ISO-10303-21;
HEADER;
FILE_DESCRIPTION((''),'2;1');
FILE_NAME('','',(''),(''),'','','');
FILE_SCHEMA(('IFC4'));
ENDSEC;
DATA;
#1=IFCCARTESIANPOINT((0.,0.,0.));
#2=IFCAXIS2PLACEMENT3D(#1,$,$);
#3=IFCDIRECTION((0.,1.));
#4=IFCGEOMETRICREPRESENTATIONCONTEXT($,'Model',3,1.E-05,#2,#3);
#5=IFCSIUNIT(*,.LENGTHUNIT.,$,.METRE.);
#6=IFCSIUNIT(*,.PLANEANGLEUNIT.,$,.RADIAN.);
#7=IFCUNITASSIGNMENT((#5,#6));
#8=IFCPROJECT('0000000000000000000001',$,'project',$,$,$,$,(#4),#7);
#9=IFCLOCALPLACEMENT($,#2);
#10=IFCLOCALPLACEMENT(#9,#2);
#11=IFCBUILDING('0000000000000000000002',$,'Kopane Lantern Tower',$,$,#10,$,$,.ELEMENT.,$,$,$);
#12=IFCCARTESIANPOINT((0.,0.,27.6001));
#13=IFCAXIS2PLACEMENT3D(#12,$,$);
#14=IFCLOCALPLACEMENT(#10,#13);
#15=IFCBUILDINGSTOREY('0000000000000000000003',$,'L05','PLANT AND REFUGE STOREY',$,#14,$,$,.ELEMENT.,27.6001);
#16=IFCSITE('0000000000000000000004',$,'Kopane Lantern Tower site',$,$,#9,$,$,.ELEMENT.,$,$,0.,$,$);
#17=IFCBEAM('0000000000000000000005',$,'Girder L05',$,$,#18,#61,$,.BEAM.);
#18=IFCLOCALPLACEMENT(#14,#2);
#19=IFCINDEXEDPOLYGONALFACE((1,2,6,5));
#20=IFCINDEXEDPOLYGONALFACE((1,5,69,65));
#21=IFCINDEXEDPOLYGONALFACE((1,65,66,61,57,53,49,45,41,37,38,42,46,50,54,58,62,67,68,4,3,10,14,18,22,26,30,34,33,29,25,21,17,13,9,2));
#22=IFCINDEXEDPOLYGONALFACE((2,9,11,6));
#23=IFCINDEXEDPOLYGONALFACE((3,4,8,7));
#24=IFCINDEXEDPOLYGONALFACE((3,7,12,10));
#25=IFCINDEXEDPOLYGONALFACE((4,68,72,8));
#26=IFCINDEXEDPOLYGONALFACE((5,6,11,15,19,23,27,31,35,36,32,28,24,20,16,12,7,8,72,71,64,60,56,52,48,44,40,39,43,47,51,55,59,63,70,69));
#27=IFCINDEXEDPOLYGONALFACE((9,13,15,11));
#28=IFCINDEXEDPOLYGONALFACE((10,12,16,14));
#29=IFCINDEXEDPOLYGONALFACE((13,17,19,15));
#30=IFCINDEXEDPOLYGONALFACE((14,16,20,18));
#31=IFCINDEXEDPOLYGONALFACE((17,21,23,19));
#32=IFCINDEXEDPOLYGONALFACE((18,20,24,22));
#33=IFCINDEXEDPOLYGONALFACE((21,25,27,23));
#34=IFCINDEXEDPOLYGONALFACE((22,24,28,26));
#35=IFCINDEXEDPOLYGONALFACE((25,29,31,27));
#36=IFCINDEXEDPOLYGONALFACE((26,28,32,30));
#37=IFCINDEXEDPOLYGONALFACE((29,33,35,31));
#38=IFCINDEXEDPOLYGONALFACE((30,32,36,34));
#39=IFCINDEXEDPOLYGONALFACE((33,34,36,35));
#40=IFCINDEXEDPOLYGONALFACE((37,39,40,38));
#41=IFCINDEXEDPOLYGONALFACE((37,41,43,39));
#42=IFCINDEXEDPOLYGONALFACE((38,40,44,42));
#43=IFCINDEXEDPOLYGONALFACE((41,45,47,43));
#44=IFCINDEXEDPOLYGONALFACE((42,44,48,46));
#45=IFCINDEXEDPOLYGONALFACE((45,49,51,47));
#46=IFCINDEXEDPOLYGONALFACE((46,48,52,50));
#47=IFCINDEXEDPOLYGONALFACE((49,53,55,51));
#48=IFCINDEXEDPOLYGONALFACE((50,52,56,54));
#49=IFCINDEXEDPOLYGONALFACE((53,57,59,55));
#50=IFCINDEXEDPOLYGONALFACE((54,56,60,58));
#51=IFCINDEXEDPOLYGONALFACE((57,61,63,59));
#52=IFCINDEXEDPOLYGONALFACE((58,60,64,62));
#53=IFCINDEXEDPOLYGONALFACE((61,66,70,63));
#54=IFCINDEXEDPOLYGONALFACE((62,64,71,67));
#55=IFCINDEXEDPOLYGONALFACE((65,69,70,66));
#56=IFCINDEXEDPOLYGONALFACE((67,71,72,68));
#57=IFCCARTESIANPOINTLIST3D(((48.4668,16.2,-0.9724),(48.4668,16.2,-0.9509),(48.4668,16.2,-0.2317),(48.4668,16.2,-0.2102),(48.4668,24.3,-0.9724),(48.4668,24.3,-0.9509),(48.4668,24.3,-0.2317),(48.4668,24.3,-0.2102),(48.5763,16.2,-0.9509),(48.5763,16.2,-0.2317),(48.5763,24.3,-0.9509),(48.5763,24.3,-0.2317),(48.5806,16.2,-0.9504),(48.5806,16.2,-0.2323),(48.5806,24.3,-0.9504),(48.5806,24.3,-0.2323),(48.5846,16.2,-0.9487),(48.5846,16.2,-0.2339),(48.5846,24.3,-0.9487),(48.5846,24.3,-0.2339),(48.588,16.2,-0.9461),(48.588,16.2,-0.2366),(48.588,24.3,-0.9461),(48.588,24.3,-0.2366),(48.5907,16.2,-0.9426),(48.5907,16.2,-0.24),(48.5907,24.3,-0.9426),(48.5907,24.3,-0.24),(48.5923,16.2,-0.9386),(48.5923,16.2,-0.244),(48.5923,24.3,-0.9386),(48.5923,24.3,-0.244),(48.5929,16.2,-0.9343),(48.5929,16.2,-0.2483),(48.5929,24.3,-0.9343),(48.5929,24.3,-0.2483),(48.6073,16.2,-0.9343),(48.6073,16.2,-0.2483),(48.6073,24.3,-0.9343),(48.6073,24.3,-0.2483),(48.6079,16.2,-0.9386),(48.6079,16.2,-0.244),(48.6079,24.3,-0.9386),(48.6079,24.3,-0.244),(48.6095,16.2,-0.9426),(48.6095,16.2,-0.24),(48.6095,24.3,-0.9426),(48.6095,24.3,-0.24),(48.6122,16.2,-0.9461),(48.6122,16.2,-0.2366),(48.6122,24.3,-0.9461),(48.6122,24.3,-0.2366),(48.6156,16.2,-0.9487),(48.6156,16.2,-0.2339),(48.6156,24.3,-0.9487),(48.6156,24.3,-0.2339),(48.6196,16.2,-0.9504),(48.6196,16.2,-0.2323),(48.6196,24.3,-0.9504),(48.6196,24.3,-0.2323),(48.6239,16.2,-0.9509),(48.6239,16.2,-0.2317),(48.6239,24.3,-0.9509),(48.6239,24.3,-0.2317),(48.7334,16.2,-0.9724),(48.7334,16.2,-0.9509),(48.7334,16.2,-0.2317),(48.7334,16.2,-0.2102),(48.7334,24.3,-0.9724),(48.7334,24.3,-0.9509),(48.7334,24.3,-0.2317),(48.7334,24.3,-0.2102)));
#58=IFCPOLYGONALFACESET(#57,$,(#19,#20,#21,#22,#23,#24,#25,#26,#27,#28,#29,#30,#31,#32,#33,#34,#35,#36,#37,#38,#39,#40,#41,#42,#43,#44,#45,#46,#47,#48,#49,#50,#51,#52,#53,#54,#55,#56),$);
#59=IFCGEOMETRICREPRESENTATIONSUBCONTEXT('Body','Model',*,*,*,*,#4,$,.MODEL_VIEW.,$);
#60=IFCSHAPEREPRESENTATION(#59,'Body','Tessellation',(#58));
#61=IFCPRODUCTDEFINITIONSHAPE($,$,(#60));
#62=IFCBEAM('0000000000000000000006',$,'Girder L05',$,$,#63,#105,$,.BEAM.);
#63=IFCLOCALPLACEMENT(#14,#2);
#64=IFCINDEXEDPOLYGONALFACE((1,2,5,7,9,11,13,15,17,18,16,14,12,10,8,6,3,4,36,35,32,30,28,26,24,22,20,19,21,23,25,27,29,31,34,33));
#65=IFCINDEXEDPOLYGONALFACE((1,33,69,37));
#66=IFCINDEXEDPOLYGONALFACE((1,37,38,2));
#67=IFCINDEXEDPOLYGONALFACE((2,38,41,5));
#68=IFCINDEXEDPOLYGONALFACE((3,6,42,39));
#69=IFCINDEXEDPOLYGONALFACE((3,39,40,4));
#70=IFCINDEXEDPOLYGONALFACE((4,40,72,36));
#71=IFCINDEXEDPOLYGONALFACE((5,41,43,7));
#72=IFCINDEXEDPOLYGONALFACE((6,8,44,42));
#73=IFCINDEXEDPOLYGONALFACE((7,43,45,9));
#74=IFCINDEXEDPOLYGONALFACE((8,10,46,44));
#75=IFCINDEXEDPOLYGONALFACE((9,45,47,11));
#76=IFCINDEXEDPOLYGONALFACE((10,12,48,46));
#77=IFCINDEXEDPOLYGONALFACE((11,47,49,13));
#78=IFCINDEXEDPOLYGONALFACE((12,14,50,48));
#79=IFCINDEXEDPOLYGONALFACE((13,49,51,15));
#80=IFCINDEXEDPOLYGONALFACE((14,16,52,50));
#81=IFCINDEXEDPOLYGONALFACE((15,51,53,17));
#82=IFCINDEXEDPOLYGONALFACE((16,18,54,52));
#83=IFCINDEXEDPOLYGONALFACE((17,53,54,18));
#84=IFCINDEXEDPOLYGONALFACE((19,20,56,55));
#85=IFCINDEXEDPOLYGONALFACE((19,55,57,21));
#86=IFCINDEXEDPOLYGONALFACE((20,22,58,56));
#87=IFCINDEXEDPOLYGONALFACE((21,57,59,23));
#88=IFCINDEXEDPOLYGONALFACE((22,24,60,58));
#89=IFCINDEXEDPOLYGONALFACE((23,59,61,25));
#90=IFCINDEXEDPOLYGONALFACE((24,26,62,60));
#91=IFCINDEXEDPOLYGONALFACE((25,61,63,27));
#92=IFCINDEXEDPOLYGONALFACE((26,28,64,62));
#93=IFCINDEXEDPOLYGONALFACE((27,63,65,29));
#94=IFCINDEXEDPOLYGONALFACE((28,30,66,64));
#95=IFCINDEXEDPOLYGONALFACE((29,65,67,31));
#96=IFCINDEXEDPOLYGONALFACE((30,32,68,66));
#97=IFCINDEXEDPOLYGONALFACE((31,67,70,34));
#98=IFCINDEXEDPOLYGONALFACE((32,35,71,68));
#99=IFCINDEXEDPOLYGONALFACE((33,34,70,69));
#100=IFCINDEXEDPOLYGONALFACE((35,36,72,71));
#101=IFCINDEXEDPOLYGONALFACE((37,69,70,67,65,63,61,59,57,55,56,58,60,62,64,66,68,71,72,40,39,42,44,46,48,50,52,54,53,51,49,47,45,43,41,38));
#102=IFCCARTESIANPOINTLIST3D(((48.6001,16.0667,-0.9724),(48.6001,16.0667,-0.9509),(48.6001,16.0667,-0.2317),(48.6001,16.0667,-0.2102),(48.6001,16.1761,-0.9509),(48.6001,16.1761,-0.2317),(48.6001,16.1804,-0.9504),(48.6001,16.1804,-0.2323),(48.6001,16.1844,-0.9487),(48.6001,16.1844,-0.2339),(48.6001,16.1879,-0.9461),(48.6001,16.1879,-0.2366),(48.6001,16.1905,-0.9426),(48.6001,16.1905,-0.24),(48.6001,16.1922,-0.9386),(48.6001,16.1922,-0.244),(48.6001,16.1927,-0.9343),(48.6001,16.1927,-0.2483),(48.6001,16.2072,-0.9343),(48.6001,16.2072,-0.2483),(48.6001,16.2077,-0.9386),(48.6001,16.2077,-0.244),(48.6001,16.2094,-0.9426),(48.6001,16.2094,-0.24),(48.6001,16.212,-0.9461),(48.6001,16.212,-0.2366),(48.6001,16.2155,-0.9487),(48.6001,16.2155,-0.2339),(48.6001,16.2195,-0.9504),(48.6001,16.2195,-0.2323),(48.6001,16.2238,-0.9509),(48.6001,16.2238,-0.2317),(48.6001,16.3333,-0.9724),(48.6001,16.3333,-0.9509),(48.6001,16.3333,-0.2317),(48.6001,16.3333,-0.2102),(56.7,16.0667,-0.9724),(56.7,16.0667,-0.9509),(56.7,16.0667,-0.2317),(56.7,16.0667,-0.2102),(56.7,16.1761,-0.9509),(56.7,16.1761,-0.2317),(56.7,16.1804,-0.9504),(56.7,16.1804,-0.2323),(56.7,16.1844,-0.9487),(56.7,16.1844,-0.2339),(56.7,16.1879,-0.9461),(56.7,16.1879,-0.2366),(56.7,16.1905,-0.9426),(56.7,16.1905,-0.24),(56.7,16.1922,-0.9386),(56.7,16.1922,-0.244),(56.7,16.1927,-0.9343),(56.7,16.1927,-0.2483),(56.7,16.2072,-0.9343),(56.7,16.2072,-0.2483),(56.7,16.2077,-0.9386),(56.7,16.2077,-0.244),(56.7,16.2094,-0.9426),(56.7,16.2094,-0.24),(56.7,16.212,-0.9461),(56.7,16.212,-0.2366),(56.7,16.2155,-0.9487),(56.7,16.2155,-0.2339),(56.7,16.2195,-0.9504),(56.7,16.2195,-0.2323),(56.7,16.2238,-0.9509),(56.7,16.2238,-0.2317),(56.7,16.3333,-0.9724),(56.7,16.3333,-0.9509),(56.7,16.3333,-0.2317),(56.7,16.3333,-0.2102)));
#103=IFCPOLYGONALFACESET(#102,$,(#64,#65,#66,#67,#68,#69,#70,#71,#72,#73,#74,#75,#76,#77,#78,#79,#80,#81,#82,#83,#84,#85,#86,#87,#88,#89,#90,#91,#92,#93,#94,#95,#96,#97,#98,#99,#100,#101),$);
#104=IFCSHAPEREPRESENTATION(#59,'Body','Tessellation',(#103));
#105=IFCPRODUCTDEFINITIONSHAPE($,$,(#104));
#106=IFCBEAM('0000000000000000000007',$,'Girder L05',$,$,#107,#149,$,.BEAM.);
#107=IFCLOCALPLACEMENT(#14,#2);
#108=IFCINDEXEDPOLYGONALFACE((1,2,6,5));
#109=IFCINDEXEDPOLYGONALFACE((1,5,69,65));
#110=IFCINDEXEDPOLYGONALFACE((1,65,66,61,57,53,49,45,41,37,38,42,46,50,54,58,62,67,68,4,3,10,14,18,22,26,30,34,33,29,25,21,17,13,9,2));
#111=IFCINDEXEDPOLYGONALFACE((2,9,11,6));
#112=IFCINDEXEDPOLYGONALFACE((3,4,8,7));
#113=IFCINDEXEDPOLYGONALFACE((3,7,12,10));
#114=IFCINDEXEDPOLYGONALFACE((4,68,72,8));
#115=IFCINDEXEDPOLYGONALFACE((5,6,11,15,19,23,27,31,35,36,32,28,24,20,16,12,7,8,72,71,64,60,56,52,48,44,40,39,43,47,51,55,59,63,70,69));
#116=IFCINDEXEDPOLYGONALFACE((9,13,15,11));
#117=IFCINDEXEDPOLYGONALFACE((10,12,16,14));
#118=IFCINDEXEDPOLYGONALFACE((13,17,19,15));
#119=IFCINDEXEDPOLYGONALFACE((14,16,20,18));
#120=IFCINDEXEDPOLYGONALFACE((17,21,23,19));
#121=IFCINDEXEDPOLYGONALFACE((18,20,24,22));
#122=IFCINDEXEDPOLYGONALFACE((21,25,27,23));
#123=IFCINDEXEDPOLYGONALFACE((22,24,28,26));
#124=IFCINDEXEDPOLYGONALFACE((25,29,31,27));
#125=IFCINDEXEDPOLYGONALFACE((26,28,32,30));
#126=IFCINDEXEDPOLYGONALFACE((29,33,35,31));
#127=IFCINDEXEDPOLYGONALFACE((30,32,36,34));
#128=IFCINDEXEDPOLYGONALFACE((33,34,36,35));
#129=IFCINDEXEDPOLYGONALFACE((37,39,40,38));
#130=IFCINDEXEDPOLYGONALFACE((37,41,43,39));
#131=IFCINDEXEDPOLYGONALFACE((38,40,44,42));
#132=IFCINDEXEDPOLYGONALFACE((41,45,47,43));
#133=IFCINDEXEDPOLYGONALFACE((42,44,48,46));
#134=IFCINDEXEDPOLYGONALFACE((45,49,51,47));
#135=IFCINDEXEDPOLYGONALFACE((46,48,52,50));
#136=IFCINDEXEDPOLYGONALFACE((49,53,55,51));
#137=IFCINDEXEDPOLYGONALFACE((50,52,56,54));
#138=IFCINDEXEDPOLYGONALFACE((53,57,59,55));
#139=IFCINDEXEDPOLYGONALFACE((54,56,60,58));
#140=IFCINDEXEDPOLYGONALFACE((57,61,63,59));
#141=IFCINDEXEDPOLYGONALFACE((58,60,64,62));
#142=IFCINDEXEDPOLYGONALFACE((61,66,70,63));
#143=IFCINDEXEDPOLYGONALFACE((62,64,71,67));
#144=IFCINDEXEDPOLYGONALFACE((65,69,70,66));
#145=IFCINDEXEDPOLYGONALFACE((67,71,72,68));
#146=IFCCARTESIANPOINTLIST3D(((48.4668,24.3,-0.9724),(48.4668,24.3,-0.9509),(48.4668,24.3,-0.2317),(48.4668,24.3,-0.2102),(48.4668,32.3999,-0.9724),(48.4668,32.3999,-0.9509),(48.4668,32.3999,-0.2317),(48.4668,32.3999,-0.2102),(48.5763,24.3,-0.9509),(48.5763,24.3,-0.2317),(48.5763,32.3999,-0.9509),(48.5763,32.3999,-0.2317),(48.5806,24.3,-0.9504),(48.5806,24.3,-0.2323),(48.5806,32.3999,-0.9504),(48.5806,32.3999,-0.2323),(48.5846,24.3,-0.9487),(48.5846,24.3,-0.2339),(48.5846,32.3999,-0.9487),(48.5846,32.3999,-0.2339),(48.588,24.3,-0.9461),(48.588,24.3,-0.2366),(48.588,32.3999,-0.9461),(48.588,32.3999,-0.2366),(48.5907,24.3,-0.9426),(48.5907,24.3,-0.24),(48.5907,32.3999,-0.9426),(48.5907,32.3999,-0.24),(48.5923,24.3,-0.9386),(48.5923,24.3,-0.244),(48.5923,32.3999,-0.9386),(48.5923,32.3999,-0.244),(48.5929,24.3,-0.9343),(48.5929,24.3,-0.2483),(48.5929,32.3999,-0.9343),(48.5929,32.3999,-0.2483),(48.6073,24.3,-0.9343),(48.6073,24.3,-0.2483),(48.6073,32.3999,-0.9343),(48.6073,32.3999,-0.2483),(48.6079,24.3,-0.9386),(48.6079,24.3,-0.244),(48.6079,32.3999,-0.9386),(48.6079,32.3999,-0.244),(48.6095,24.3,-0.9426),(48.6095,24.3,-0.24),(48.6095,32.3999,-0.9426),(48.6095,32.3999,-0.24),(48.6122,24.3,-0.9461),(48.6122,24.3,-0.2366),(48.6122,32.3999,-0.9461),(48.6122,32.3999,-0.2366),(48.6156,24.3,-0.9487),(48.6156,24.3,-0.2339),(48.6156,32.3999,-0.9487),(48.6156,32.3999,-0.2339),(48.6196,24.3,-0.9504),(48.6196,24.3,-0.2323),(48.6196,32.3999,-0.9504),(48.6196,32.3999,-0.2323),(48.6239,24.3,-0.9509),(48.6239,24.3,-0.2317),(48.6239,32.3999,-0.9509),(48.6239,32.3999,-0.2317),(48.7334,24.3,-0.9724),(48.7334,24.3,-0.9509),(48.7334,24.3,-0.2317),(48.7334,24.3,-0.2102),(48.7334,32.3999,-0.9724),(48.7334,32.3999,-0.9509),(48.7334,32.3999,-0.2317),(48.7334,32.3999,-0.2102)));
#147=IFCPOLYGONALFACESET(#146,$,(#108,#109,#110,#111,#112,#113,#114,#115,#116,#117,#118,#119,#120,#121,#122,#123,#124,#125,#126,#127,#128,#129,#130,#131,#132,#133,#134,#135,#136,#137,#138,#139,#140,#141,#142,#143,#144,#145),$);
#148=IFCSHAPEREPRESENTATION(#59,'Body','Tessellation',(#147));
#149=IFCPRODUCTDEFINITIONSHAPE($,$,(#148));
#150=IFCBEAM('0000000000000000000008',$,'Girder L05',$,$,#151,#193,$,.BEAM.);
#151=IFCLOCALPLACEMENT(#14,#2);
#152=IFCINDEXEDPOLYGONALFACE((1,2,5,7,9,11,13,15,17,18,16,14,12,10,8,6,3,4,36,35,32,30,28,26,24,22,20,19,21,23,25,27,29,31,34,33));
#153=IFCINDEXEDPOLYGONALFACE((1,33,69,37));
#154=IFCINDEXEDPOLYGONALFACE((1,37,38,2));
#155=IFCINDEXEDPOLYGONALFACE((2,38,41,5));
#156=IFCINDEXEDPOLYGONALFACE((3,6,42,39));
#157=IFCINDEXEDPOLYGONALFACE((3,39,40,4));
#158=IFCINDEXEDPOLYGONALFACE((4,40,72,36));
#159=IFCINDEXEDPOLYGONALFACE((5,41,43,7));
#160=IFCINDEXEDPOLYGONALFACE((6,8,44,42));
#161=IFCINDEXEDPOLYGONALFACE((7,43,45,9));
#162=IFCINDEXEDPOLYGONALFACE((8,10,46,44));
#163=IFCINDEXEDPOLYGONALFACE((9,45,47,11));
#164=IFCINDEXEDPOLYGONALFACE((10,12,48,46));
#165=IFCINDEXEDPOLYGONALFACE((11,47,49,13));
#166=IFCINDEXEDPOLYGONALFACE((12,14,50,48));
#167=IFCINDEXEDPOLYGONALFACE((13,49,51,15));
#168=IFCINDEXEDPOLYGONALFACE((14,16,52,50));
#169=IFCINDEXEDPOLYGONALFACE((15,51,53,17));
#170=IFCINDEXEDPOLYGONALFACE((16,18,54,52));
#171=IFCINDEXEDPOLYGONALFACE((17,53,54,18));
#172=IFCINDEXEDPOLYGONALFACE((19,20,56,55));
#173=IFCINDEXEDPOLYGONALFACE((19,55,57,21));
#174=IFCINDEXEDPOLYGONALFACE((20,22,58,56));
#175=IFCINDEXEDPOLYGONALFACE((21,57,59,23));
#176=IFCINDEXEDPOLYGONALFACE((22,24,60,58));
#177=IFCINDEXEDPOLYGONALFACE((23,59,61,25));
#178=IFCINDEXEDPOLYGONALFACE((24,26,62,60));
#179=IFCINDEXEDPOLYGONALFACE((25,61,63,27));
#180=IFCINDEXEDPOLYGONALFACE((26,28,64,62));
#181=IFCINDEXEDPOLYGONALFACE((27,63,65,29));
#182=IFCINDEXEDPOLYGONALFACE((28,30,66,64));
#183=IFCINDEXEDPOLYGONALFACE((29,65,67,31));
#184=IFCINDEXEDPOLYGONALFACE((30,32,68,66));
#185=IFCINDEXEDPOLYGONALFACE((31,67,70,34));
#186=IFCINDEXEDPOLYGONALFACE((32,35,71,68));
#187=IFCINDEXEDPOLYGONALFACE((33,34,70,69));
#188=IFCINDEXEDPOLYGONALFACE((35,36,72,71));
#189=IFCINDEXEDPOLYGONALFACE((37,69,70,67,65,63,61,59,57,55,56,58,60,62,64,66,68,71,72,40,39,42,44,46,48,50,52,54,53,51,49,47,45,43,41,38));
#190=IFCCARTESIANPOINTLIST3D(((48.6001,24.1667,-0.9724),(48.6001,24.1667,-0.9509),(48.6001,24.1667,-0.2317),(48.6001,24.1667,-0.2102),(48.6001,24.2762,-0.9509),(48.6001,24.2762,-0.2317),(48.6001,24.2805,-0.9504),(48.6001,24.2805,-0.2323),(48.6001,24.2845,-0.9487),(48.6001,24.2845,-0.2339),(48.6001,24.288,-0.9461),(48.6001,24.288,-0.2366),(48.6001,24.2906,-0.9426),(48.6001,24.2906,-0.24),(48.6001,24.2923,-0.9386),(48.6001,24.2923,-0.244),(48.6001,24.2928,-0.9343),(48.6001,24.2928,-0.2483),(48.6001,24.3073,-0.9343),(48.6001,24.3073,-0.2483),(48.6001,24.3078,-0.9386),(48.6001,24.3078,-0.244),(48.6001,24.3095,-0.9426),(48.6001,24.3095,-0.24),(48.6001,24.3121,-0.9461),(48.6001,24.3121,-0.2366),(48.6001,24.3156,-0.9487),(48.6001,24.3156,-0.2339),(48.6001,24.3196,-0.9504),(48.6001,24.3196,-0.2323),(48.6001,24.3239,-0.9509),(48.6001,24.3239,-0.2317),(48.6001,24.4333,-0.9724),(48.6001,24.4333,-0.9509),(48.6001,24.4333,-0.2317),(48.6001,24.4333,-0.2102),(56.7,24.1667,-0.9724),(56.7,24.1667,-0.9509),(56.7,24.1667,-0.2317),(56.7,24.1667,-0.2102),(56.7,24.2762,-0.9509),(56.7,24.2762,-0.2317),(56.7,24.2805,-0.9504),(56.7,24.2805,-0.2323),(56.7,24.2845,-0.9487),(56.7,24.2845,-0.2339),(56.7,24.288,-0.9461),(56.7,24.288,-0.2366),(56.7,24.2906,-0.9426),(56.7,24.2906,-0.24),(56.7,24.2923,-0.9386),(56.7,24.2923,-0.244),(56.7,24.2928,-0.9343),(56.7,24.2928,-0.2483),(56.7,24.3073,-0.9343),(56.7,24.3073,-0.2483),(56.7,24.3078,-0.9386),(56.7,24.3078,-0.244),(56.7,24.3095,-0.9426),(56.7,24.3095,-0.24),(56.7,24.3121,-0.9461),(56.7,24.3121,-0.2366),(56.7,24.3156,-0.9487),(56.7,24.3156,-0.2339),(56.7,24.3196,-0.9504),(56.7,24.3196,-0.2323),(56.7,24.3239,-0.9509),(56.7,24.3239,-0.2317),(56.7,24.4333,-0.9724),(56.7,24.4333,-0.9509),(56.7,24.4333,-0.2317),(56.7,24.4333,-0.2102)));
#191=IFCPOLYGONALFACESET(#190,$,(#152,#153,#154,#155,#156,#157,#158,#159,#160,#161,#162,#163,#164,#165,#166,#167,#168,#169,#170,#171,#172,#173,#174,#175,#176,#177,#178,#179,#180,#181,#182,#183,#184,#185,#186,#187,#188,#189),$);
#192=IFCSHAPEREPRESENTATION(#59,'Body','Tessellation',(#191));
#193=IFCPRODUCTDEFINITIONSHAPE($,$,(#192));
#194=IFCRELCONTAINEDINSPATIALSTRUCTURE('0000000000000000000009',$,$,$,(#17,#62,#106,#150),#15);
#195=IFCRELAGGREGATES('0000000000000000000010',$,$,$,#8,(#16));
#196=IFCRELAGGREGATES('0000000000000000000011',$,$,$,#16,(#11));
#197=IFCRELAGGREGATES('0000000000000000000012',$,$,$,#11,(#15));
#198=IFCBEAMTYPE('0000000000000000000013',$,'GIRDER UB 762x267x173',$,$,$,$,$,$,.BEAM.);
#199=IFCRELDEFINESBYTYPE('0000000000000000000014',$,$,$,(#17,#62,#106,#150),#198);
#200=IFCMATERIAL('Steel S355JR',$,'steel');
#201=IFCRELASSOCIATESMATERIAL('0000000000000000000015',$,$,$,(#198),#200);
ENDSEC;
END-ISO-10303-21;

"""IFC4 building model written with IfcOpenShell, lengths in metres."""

from ifc_helpers import new_model, si_unit, direction, frame, origin, origin_2d, place, context, subcontext, project, spatial, i_section, extrude, material, material_profile, profile_set, type_object, element, save


model = new_model("IFC4")

# Units and contexts
model_context = context("Model", 3, precision=1e-05, world=origin(), true_north=direction((0.0, 1.0)))
body_context = subcontext(model_context, "Body", "Model", "MODEL_VIEW")
ifc_project = project(units=[si_unit("LENGTHUNIT", "METRE"), si_unit("PLANEANGLEUNIT", "RADIAN")], contexts=[model_context])

# Site, building, storey
site_placement = place(None, origin())
site = spatial("IfcSite", under=ifc_project, at=site_placement, Name="Kopane Lantern Tower site", CompositionType="ELEMENT", RefElevation=0.0)
building_placement = place(site_placement, origin())
building = spatial("IfcBuilding", under=site, at=building_placement, Name="Kopane Lantern Tower", CompositionType="ELEMENT")
storey_placement = place(building_placement, frame((0.0, 0.0, 27.6001)))
storey = spatial("IfcBuildingStorey", under=building, at=storey_placement, Name="L05", Description="PLANT AND REFUGE STOREY", CompositionType="ELEMENT", Elevation=27.6001)

# Beams
ifc_material_1 = material(Name="Steel S355JR", Category="steel")
ifc_material_profile_1 = material_profile(ifc_material_1, i_section(OverallWidth=0.2666, OverallDepth=0.7622, WebThickness=0.0144, FlangeThickness=0.0215, FilletRadius=0.0166, at=origin_2d()), Name="UB 762x267x173")
ifc_profile_set_1 = profile_set([ifc_material_profile_1], Name="Steel S355JR")
beam_type = type_object("IfcBeamType", Name="GIRDER UB 762x267x173", PredefinedType="BEAM", material=ifc_profile_set_1)
for number, where, z_axis, x_axis, name in (
    (1, (48.6001, 16.2, -0.5913), (0.0, 1.0, 0.0), (-1.0, 0.0, 0.0), "Girder L05"),
):
    element("IfcBeam", number, at=place(storey_placement, frame(where, z_axis=z_axis, x_axis=x_axis)), inside=storey, type_object=beam_type, Name=name, PredefinedType="BEAM", context=body_context, shape_type="SweptSolid", body=[
        extrude(i_section(OverallWidth=0.2666, OverallDepth=0.7622, WebThickness=0.0144, FlangeThickness=0.0215, FilletRadius=0.0166, at=origin_2d()), origin(), (0.0, 0.0, 1.0), 8.1001),
    ])
for number, where, z_axis, x_axis, name in (
    (2, (48.6001, 16.2, -0.5913), (1.0, 0.0, 0.0), (0.0, 1.0, 0.0), "Girder L05"),
    (3, (48.6001, 24.3, -0.5913), (0.0, 1.0, 0.0), (-1.0, 0.0, 0.0), "Girder L05"),
    (4, (48.6001, 24.3, -0.5913), (1.0, 0.0, 0.0), (0.0, 1.0, 0.0), "Girder L05"),
):
    element("IfcBeam", number, at=place(storey_placement, frame(where, z_axis=z_axis, x_axis=x_axis)), inside=storey, type_object=beam_type, Name=name, PredefinedType="BEAM", context=body_context, shape_type="SweptSolid", body=[
        extrude(i_section(OverallWidth=0.2666, OverallDepth=0.7622, WebThickness=0.0144, FlangeThickness=0.0215, FilletRadius=0.0166, at=origin_2d()), origin(), (0.0, 0.0, 1.0), 8.0999),
    ])

save(model, "model.ifc")
